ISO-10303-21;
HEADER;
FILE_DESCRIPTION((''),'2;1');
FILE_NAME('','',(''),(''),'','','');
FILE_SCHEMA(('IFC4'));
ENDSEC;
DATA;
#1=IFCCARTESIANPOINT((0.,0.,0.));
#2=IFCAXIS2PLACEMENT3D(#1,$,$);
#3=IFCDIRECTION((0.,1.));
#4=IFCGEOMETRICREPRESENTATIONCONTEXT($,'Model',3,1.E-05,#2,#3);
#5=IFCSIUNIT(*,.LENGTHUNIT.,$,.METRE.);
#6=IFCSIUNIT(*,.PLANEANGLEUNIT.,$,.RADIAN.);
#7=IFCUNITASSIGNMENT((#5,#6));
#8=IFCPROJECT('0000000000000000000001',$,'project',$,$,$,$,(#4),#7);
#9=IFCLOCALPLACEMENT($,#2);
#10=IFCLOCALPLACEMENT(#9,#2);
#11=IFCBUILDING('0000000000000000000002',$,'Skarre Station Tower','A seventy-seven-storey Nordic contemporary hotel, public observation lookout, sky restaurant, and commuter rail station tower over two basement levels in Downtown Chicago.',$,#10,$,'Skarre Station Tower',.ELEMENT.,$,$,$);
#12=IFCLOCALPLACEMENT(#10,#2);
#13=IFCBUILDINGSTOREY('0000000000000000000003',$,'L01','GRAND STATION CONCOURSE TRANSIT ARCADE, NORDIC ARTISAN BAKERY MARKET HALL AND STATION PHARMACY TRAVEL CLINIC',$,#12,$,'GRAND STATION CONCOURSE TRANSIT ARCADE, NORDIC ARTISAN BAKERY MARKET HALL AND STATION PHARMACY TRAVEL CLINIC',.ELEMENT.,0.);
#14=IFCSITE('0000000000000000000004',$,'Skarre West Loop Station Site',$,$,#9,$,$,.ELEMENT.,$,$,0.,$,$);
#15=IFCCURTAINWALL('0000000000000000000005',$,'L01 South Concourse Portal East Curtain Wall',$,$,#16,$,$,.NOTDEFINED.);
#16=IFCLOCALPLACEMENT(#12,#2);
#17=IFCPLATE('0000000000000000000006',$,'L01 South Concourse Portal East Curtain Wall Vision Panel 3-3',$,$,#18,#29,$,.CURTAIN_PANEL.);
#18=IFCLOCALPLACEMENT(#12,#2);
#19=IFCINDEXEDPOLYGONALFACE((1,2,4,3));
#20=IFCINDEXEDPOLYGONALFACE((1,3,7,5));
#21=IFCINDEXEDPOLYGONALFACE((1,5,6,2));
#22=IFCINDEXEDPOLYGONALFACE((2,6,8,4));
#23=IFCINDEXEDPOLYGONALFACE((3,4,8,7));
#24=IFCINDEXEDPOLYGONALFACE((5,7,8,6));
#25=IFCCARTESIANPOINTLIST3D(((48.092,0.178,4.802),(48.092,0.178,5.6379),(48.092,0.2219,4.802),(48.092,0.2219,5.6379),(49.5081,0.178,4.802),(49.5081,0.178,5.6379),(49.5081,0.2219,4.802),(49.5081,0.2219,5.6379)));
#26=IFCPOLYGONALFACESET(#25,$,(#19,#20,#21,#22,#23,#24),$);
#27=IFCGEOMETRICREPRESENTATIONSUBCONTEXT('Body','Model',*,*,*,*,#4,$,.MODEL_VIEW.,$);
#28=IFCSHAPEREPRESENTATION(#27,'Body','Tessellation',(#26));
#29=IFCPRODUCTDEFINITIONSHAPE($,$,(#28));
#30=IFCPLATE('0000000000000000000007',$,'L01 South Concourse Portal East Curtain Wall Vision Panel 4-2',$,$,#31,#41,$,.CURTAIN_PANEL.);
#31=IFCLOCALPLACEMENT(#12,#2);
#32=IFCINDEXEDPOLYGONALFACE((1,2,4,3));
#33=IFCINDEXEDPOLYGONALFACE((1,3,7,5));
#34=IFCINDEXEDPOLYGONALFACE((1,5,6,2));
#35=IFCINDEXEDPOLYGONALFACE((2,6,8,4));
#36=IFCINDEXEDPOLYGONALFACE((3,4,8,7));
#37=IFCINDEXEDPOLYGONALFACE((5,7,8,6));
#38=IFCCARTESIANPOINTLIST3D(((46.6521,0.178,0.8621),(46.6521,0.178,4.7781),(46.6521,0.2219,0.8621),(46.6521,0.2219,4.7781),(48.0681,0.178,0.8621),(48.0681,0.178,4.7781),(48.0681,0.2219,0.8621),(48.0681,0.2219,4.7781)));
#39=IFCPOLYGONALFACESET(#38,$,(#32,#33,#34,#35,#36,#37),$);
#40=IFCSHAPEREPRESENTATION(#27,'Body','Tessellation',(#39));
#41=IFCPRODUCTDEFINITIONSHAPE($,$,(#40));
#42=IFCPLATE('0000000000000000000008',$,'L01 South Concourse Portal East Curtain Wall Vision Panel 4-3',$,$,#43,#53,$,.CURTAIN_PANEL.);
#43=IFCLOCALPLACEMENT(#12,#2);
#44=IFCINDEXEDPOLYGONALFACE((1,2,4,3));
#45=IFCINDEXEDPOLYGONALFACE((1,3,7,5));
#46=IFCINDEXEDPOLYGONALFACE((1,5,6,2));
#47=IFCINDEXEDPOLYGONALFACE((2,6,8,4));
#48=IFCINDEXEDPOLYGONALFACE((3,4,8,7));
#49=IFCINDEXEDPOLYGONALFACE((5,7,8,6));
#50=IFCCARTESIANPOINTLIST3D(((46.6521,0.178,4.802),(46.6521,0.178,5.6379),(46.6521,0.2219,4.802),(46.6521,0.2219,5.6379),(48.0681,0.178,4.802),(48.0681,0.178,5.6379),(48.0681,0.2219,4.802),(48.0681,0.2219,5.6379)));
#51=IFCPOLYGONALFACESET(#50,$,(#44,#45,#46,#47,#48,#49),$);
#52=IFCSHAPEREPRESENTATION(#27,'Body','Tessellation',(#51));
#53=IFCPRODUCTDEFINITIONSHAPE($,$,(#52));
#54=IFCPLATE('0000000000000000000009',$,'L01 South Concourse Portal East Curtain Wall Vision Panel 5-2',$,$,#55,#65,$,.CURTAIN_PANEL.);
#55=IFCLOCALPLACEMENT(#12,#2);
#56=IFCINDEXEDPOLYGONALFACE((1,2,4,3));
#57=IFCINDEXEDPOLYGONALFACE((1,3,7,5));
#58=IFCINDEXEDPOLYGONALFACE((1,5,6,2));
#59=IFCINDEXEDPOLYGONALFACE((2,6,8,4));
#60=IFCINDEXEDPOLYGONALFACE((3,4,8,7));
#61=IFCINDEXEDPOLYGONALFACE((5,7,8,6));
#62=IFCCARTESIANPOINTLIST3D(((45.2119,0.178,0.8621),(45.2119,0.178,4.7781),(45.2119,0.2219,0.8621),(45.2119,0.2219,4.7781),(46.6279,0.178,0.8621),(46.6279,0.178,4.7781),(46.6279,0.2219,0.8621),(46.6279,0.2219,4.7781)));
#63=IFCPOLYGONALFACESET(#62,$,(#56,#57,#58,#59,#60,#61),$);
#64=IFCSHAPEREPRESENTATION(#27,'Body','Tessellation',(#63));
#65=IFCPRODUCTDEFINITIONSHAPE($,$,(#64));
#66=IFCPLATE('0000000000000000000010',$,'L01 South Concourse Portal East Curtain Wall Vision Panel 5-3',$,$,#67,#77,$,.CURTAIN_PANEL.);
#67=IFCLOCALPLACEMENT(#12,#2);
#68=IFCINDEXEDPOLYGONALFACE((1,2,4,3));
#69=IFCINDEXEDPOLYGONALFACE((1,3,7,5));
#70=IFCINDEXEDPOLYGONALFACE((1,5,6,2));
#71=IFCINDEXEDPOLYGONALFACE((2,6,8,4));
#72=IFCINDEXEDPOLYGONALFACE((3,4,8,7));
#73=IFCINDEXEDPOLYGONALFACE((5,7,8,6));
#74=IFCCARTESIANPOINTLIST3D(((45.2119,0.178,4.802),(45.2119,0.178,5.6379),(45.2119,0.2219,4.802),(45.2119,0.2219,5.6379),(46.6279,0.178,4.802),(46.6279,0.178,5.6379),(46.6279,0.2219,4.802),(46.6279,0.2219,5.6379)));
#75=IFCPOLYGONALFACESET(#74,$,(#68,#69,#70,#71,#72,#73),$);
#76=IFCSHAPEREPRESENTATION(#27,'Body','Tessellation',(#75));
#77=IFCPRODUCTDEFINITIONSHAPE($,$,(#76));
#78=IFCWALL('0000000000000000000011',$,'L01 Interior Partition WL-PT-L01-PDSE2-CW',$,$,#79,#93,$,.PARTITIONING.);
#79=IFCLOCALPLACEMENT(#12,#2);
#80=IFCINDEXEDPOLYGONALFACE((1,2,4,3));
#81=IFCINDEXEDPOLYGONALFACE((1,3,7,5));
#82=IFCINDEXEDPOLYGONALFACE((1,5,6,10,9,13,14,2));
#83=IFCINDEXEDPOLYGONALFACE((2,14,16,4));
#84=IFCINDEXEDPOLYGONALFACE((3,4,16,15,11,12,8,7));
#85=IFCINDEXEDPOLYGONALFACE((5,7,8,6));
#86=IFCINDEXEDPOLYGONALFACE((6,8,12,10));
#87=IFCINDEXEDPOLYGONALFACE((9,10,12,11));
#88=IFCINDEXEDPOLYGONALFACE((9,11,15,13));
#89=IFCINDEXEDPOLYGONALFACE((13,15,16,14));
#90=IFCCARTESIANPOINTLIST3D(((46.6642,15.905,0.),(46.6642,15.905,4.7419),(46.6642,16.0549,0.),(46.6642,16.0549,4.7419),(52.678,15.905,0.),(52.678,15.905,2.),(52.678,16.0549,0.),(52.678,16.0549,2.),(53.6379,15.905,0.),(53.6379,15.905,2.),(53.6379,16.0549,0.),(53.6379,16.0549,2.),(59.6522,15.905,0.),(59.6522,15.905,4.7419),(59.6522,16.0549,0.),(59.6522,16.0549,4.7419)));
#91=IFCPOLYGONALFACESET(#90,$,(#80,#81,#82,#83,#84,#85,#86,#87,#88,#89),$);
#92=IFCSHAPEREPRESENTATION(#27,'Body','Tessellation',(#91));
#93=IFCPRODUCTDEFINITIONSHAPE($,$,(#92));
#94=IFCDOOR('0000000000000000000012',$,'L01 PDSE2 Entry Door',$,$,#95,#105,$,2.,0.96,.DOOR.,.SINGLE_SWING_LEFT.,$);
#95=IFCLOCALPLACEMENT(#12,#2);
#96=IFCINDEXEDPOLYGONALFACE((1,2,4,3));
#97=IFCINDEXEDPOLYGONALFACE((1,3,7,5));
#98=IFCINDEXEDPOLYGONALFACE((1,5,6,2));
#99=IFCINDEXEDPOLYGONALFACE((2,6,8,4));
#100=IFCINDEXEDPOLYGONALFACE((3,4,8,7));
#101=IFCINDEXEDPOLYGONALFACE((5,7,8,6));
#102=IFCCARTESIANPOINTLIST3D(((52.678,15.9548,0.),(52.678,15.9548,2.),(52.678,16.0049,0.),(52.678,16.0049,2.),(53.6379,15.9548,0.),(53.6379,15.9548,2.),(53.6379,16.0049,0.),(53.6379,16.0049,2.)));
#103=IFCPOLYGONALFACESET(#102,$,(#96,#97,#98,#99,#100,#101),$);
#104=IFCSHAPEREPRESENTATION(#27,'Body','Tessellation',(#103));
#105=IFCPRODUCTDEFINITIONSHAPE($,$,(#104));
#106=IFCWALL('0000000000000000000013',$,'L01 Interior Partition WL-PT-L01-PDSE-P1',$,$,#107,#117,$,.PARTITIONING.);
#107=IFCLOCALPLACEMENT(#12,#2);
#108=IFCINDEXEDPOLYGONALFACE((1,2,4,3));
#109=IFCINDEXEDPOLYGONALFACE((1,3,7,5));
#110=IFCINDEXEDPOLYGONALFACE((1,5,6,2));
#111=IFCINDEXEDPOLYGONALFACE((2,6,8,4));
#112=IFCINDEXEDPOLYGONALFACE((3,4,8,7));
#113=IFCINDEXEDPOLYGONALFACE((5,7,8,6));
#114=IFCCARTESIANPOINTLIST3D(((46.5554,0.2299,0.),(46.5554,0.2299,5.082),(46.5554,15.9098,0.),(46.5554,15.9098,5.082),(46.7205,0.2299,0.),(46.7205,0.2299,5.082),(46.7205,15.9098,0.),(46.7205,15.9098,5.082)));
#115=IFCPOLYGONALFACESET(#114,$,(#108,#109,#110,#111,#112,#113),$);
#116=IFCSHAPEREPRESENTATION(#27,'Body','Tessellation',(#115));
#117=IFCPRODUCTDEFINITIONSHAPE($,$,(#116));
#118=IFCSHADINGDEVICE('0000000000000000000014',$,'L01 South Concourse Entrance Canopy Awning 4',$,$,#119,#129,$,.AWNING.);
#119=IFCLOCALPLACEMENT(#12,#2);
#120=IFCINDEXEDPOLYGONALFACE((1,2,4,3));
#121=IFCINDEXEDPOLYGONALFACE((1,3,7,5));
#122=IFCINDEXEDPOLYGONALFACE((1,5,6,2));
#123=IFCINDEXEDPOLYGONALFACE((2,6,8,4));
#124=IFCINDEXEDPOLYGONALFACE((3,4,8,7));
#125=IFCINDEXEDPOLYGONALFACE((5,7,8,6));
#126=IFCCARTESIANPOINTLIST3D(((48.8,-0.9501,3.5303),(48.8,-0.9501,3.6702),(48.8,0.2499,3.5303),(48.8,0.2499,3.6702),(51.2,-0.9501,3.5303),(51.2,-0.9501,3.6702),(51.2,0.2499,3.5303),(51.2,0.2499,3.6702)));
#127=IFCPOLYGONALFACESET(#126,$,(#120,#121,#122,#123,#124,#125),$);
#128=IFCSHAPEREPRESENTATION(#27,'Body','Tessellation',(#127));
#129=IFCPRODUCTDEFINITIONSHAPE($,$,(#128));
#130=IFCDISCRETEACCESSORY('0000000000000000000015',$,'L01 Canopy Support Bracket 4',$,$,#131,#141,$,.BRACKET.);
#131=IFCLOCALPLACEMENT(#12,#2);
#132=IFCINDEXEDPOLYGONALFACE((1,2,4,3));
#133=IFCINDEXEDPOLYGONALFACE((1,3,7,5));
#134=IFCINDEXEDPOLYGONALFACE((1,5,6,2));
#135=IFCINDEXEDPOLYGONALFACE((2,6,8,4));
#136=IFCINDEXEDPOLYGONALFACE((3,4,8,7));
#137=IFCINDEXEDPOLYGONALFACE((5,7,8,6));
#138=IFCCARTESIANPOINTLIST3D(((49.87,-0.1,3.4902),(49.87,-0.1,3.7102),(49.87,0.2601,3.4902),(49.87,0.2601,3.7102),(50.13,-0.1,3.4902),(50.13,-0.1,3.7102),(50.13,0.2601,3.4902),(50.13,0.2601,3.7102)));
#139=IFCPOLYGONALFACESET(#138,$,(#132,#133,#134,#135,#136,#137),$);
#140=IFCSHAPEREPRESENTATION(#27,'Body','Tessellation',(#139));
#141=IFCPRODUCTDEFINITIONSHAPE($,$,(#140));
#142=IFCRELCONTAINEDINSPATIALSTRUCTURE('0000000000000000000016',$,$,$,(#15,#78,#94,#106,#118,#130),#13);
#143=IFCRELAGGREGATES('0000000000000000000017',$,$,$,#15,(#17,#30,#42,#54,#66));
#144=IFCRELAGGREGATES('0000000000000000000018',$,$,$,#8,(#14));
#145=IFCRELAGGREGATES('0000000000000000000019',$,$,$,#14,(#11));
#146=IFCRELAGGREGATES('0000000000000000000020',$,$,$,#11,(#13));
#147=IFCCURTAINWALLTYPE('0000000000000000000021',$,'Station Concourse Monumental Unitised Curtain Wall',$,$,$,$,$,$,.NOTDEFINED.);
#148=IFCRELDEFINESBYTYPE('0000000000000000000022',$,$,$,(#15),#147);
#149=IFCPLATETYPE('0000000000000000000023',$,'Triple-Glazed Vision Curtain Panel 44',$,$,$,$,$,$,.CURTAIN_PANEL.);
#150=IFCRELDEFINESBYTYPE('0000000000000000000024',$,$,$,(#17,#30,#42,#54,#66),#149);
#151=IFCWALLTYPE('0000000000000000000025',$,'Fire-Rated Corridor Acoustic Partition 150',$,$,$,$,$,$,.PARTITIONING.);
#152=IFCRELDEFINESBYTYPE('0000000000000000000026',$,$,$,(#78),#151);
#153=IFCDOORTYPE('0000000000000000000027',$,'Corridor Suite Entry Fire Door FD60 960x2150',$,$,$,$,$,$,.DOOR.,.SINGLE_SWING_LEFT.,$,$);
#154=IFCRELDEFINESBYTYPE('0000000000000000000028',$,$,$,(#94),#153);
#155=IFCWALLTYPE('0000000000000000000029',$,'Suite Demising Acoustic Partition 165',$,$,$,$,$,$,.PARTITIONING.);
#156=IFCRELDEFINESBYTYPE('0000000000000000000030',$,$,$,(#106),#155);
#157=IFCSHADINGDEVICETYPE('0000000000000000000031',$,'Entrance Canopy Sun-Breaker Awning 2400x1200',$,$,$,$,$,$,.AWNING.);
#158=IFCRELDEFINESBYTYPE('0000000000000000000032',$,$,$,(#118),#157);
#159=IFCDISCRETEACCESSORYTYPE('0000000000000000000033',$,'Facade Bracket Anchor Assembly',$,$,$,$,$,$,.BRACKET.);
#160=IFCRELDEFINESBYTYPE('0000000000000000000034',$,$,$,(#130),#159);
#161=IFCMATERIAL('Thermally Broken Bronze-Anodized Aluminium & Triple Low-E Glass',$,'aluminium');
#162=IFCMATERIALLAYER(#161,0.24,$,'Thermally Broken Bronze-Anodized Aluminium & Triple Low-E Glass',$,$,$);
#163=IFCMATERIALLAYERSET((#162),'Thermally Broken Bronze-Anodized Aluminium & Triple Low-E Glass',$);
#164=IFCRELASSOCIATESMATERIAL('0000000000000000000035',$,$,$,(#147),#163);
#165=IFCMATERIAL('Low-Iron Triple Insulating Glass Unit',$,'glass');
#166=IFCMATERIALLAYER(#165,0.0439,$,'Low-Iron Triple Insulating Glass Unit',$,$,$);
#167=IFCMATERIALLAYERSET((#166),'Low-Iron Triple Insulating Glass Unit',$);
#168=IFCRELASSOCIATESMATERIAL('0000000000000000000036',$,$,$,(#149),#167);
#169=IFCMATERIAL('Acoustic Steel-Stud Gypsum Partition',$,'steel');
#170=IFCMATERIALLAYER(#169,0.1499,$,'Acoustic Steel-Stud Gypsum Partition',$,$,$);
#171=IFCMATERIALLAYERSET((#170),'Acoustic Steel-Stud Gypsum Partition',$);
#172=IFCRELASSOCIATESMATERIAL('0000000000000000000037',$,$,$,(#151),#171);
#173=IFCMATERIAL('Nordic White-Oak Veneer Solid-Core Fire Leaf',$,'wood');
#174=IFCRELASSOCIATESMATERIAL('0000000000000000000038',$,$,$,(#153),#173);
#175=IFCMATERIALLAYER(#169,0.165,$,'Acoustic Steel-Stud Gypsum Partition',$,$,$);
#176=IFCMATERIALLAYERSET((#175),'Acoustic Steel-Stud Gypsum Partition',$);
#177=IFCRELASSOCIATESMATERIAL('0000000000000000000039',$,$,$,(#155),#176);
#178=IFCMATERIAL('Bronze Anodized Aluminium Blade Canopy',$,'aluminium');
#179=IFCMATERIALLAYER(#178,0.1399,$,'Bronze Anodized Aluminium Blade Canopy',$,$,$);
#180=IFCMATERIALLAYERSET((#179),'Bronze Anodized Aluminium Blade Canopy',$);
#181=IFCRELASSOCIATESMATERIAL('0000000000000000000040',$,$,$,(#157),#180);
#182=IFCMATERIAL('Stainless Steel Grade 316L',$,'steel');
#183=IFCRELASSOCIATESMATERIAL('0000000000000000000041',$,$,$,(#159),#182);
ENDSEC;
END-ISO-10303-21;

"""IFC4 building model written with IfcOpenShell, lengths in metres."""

from ifc_helpers import new_model, si_unit, direction, frame, frame_2d, origin, origin_2d, place, context, subcontext, project, spatial, rectangle, extrude, material, layer, layer_set, type_object, element, fill, aggregate, save


model = new_model("IFC4")

# Units and contexts
model_context = context("Model", 3, precision=1e-05, world=origin(), true_north=direction((0.0, 1.0)))
body_context = subcontext(model_context, "Body", "Model", "MODEL_VIEW")
ifc_project = project(units=[si_unit("LENGTHUNIT", "METRE"), si_unit("PLANEANGLEUNIT", "RADIAN")], contexts=[model_context])

# Site, building, storey
site_placement = place(None, origin())
site = spatial("IfcSite", under=ifc_project, at=site_placement, Name="Skarre West Loop Station Site", CompositionType="ELEMENT", RefElevation=0.0)
building_placement = place(site_placement, origin())
building = spatial("IfcBuilding", under=site, at=building_placement, Name="Skarre Station Tower", Description="A seventy-seven-storey Nordic contemporary hotel, public observation lookout, sky restaurant, and commuter rail station tower over two basement levels in Downtown Chicago.", LongName="Skarre Station Tower", CompositionType="ELEMENT")
storey_placement = place(building_placement, origin())
storey = spatial("IfcBuildingStorey", under=building, at=storey_placement, Name="L01", Description="GRAND STATION CONCOURSE TRANSIT ARCADE, NORDIC ARTISAN BAKERY MARKET HALL AND STATION PHARMACY TRAVEL CLINIC", LongName="GRAND STATION CONCOURSE TRANSIT ARCADE, NORDIC ARTISAN BAKERY MARKET HALL AND STATION PHARMACY TRAVEL CLINIC", CompositionType="ELEMENT", Elevation=0.0)

# Curtain wall
ifc_material_1 = material(Name="Thermally Broken Bronze-Anodized Aluminium & Triple Low-E Glass", Category="aluminium")
ifc_layer_1 = layer(ifc_material_1, 0.24, Name="Thermally Broken Bronze-Anodized Aluminium & Triple Low-E Glass")
ifc_layer_set_1 = layer_set([ifc_layer_1], Name="Thermally Broken Bronze-Anodized Aluminium & Triple Low-E Glass")
curtain_wall_type = type_object("IfcCurtainWallType", Name="Station Concourse Monumental Unitised Curtain Wall", PredefinedType="NOTDEFINED", material=ifc_layer_set_1)
curtain_wall_placement = place(storey_placement, origin())
curtain_wall = element("IfcCurtainWall", 1, at=curtain_wall_placement, inside=storey, type_object=curtain_wall_type, Name="L01 South Concourse Portal East Curtain Wall", PredefinedType="NOTDEFINED")

# Plates
ifc_material_2 = material(Name="Low-Iron Triple Insulating Glass Unit", Category="glass")
ifc_layer_2 = layer(ifc_material_2, 0.0439, Name="Low-Iron Triple Insulating Glass Unit")
ifc_layer_set_2 = layer_set([ifc_layer_2], Name="Low-Iron Triple Insulating Glass Unit")
plate_type_1 = type_object("IfcPlateType", Name="Triple-Glazed Vision Curtain Panel 44", PredefinedType="CURTAIN_PANEL", material=ifc_layer_set_2)
plate_1_placement = place(storey_placement, frame((48.8, 0.2, 4.802), z_axis=(0.0, 0.0, 1.0), x_axis=(-1.0, 0.0, 0.0)))
plate_1 = element("IfcPlate", 2, at=plate_1_placement, type_object=plate_type_1, Name="L01 South Concourse Portal East Curtain Wall Vision Panel 3-3", PredefinedType="CURTAIN_PANEL", context=body_context, shape_type="SweptSolid", body=[
    extrude(rectangle(XDim=1.416, YDim=0.0439, at=origin_2d()), origin(), (0.0, 0.0, 1.0), 0.8359),
])
plate_2_placement = place(storey_placement, frame((47.3601, 0.2, 0.8621), z_axis=(0.0, 0.0, 1.0), x_axis=(-1.0, 0.0, 0.0)))
plate_2 = element("IfcPlate", 3, at=plate_2_placement, type_object=plate_type_1, Name="L01 South Concourse Portal East Curtain Wall Vision Panel 4-2", PredefinedType="CURTAIN_PANEL", context=body_context, shape_type="SweptSolid", body=[
    extrude(rectangle(XDim=1.416, YDim=0.0439, at=origin_2d()), origin(), (0.0, 0.0, 1.0), 3.916),
])
plate_3_placement = place(storey_placement, frame((47.3601, 0.2, 4.802), z_axis=(0.0, 0.0, 1.0), x_axis=(-1.0, 0.0, 0.0)))
plate_3 = element("IfcPlate", 4, at=plate_3_placement, type_object=plate_type_1, Name="L01 South Concourse Portal East Curtain Wall Vision Panel 4-3", PredefinedType="CURTAIN_PANEL", context=body_context, shape_type="SweptSolid", body=[
    extrude(rectangle(XDim=1.416, YDim=0.0439, at=origin_2d()), origin(), (0.0, 0.0, 1.0), 0.8359),
])
plate_4_placement = place(storey_placement, frame((45.9199, 0.2, 0.8621), z_axis=(0.0, 0.0, 1.0), x_axis=(-1.0, 0.0, 0.0)))
plate_4 = element("IfcPlate", 5, at=plate_4_placement, type_object=plate_type_1, Name="L01 South Concourse Portal East Curtain Wall Vision Panel 5-2", PredefinedType="CURTAIN_PANEL", context=body_context, shape_type="SweptSolid", body=[
    extrude(rectangle(XDim=1.416, YDim=0.0439, at=origin_2d()), origin(), (0.0, 0.0, 1.0), 3.916),
])
plate_5_placement = place(storey_placement, frame((45.9199, 0.2, 4.802), z_axis=(0.0, 0.0, 1.0), x_axis=(-1.0, 0.0, 0.0)))
plate_5 = element("IfcPlate", 6, at=plate_5_placement, type_object=plate_type_1, Name="L01 South Concourse Portal East Curtain Wall Vision Panel 5-3", PredefinedType="CURTAIN_PANEL", context=body_context, shape_type="SweptSolid", body=[
    extrude(rectangle(XDim=1.416, YDim=0.0439, at=origin_2d()), origin(), (0.0, 0.0, 1.0), 0.8359),
])
aggregate(curtain_wall, [plate_1, plate_2, plate_3, plate_4, plate_5])

# Wall, opening, door
ifc_material_3 = material(Name="Acoustic Steel-Stud Gypsum Partition", Category="steel")
ifc_layer_3 = layer(ifc_material_3, 0.1499, Name="Acoustic Steel-Stud Gypsum Partition")
ifc_layer_set_3 = layer_set([ifc_layer_3], Name="Acoustic Steel-Stud Gypsum Partition")
wall_type_1 = type_object("IfcWallType", Name="Fire-Rated Corridor Acoustic Partition 150", PredefinedType="PARTITIONING", material=ifc_layer_set_3)
wall_1_placement = place(storey_placement, frame((46.6641, 15.98, 0.0), z_axis=(0.0, 0.0, 1.0), x_axis=(1.0, 0.0, 0.0)))
wall_1 = element("IfcWall", 7, at=wall_1_placement, inside=storey, type_object=wall_type_1, Name="L01 Interior Partition WL-PT-L01-PDSE2-CW", PredefinedType="PARTITIONING", context=body_context, shape_type="SweptSolid", body=[
    extrude(rectangle(XDim=12.988, YDim=0.1499, at=frame_2d((6.4941, 0.0))), origin(), (0.0, 0.0, 1.0), 4.7419),
])
opening_placement = place(wall_1_placement, frame((6.0139, 0.0, 0.0)))
opening = element("IfcOpeningElement", 8, at=opening_placement, cuts=wall_1, PredefinedType="OPENING", context=body_context, shape_type="SweptSolid", body=[
    extrude(rectangle(XDim=0.96, YDim=2.0, at=frame_2d((0.48, 1.0))), frame((0.0, 0.085, 0.0), z_axis=(0.0, -1.0, 0.0), x_axis=(1.0, 0.0, 0.0)), (0.0, 0.0, 1.0), 0.1699),
])
ifc_material_4 = material(Name="Nordic White-Oak Veneer Solid-Core Fire Leaf", Category="wood")
door_type = type_object("IfcDoorType", Name="Corridor Suite Entry Fire Door FD60 960x2150", OperationType="SINGLE_SWING_LEFT", PredefinedType="DOOR", material=ifc_material_4)
door_placement = place(opening_placement, origin())
door = element("IfcDoor", 9, at=door_placement, inside=storey, type_object=door_type, Name="L01 PDSE2 Entry Door", OperationType="SINGLE_SWING_LEFT", OverallHeight=2.0, OverallWidth=0.96, PredefinedType="DOOR", context=body_context, shape_type="SweptSolid", body=[
    extrude(rectangle(XDim=0.96, YDim=2.0, at=frame_2d((0.48, 1.0))), frame((0.0, 0.0249, 0.0), z_axis=(0.0, -1.0, 0.0), x_axis=(1.0, 0.0, 0.0)), (0.0, 0.0, 1.0), 0.05),
])
fill(opening, door)

# Wall
ifc_layer_4 = layer(ifc_material_3, 0.165, Name="Acoustic Steel-Stud Gypsum Partition")
ifc_layer_set_4 = layer_set([ifc_layer_4], Name="Acoustic Steel-Stud Gypsum Partition")
wall_type_2 = type_object("IfcWallType", Name="Suite Demising Acoustic Partition 165", PredefinedType="PARTITIONING", material=ifc_layer_set_4)
wall_2_placement = place(storey_placement, frame((46.6379, 0.23, 0.0), z_axis=(0.0, 0.0, 1.0), x_axis=(0.0, 1.0, 0.0)))
element("IfcWall", 10, at=wall_2_placement, inside=storey, type_object=wall_type_2, Name="L01 Interior Partition WL-PT-L01-PDSE-P1", PredefinedType="PARTITIONING", context=body_context, shape_type="SweptSolid", body=[
    extrude(rectangle(XDim=15.6799, YDim=0.165, at=frame_2d((7.8398, 0.0))), origin(), (0.0, 0.0, 1.0), 5.082),
])

# Shading device
ifc_material_5 = material(Name="Bronze Anodized Aluminium Blade Canopy", Category="aluminium")
ifc_layer_5 = layer(ifc_material_5, 0.1399, Name="Bronze Anodized Aluminium Blade Canopy")
ifc_layer_set_5 = layer_set([ifc_layer_5], Name="Bronze Anodized Aluminium Blade Canopy")
shading_device_type = type_object("IfcShadingDeviceType", Name="Entrance Canopy Sun-Breaker Awning 2400x1200", PredefinedType="AWNING", material=ifc_layer_set_5)
shading_device_placement = place(storey_placement, frame((50.0, -0.3501, 3.5303), z_axis=(0.0, 0.0, 1.0), x_axis=(1.0, 0.0, 0.0)))
element("IfcShadingDevice", 11, at=shading_device_placement, inside=storey, type_object=shading_device_type, Name="L01 South Concourse Entrance Canopy Awning 4", PredefinedType="AWNING", context=body_context, shape_type="SweptSolid", body=[
    extrude(rectangle(XDim=2.3999, YDim=1.2, at=origin_2d()), origin(), (0.0, 0.0, 1.0), 0.1399),
])

# Discrete accessory
ifc_material_6 = material(Name="Stainless Steel Grade 316L", Category="steel")
discrete_accessory_type = type_object("IfcDiscreteAccessoryType", Name="Facade Bracket Anchor Assembly", PredefinedType="BRACKET", material=ifc_material_6)
discrete_accessory_placement = place(storey_placement, frame((50.0, 0.0801, 3.4902), z_axis=(0.0, 0.0, 1.0), x_axis=(1.0, 0.0, 0.0)))
element("IfcDiscreteAccessory", 12, at=discrete_accessory_placement, inside=storey, type_object=discrete_accessory_type, Name="L01 Canopy Support Bracket 4", PredefinedType="BRACKET", context=body_context, shape_type="SweptSolid", body=[
    extrude(rectangle(XDim=0.26, YDim=0.3601, at=origin_2d()), origin(), (0.0, 0.0, 1.0), 0.22),
])

save(model, "model.ifc")
